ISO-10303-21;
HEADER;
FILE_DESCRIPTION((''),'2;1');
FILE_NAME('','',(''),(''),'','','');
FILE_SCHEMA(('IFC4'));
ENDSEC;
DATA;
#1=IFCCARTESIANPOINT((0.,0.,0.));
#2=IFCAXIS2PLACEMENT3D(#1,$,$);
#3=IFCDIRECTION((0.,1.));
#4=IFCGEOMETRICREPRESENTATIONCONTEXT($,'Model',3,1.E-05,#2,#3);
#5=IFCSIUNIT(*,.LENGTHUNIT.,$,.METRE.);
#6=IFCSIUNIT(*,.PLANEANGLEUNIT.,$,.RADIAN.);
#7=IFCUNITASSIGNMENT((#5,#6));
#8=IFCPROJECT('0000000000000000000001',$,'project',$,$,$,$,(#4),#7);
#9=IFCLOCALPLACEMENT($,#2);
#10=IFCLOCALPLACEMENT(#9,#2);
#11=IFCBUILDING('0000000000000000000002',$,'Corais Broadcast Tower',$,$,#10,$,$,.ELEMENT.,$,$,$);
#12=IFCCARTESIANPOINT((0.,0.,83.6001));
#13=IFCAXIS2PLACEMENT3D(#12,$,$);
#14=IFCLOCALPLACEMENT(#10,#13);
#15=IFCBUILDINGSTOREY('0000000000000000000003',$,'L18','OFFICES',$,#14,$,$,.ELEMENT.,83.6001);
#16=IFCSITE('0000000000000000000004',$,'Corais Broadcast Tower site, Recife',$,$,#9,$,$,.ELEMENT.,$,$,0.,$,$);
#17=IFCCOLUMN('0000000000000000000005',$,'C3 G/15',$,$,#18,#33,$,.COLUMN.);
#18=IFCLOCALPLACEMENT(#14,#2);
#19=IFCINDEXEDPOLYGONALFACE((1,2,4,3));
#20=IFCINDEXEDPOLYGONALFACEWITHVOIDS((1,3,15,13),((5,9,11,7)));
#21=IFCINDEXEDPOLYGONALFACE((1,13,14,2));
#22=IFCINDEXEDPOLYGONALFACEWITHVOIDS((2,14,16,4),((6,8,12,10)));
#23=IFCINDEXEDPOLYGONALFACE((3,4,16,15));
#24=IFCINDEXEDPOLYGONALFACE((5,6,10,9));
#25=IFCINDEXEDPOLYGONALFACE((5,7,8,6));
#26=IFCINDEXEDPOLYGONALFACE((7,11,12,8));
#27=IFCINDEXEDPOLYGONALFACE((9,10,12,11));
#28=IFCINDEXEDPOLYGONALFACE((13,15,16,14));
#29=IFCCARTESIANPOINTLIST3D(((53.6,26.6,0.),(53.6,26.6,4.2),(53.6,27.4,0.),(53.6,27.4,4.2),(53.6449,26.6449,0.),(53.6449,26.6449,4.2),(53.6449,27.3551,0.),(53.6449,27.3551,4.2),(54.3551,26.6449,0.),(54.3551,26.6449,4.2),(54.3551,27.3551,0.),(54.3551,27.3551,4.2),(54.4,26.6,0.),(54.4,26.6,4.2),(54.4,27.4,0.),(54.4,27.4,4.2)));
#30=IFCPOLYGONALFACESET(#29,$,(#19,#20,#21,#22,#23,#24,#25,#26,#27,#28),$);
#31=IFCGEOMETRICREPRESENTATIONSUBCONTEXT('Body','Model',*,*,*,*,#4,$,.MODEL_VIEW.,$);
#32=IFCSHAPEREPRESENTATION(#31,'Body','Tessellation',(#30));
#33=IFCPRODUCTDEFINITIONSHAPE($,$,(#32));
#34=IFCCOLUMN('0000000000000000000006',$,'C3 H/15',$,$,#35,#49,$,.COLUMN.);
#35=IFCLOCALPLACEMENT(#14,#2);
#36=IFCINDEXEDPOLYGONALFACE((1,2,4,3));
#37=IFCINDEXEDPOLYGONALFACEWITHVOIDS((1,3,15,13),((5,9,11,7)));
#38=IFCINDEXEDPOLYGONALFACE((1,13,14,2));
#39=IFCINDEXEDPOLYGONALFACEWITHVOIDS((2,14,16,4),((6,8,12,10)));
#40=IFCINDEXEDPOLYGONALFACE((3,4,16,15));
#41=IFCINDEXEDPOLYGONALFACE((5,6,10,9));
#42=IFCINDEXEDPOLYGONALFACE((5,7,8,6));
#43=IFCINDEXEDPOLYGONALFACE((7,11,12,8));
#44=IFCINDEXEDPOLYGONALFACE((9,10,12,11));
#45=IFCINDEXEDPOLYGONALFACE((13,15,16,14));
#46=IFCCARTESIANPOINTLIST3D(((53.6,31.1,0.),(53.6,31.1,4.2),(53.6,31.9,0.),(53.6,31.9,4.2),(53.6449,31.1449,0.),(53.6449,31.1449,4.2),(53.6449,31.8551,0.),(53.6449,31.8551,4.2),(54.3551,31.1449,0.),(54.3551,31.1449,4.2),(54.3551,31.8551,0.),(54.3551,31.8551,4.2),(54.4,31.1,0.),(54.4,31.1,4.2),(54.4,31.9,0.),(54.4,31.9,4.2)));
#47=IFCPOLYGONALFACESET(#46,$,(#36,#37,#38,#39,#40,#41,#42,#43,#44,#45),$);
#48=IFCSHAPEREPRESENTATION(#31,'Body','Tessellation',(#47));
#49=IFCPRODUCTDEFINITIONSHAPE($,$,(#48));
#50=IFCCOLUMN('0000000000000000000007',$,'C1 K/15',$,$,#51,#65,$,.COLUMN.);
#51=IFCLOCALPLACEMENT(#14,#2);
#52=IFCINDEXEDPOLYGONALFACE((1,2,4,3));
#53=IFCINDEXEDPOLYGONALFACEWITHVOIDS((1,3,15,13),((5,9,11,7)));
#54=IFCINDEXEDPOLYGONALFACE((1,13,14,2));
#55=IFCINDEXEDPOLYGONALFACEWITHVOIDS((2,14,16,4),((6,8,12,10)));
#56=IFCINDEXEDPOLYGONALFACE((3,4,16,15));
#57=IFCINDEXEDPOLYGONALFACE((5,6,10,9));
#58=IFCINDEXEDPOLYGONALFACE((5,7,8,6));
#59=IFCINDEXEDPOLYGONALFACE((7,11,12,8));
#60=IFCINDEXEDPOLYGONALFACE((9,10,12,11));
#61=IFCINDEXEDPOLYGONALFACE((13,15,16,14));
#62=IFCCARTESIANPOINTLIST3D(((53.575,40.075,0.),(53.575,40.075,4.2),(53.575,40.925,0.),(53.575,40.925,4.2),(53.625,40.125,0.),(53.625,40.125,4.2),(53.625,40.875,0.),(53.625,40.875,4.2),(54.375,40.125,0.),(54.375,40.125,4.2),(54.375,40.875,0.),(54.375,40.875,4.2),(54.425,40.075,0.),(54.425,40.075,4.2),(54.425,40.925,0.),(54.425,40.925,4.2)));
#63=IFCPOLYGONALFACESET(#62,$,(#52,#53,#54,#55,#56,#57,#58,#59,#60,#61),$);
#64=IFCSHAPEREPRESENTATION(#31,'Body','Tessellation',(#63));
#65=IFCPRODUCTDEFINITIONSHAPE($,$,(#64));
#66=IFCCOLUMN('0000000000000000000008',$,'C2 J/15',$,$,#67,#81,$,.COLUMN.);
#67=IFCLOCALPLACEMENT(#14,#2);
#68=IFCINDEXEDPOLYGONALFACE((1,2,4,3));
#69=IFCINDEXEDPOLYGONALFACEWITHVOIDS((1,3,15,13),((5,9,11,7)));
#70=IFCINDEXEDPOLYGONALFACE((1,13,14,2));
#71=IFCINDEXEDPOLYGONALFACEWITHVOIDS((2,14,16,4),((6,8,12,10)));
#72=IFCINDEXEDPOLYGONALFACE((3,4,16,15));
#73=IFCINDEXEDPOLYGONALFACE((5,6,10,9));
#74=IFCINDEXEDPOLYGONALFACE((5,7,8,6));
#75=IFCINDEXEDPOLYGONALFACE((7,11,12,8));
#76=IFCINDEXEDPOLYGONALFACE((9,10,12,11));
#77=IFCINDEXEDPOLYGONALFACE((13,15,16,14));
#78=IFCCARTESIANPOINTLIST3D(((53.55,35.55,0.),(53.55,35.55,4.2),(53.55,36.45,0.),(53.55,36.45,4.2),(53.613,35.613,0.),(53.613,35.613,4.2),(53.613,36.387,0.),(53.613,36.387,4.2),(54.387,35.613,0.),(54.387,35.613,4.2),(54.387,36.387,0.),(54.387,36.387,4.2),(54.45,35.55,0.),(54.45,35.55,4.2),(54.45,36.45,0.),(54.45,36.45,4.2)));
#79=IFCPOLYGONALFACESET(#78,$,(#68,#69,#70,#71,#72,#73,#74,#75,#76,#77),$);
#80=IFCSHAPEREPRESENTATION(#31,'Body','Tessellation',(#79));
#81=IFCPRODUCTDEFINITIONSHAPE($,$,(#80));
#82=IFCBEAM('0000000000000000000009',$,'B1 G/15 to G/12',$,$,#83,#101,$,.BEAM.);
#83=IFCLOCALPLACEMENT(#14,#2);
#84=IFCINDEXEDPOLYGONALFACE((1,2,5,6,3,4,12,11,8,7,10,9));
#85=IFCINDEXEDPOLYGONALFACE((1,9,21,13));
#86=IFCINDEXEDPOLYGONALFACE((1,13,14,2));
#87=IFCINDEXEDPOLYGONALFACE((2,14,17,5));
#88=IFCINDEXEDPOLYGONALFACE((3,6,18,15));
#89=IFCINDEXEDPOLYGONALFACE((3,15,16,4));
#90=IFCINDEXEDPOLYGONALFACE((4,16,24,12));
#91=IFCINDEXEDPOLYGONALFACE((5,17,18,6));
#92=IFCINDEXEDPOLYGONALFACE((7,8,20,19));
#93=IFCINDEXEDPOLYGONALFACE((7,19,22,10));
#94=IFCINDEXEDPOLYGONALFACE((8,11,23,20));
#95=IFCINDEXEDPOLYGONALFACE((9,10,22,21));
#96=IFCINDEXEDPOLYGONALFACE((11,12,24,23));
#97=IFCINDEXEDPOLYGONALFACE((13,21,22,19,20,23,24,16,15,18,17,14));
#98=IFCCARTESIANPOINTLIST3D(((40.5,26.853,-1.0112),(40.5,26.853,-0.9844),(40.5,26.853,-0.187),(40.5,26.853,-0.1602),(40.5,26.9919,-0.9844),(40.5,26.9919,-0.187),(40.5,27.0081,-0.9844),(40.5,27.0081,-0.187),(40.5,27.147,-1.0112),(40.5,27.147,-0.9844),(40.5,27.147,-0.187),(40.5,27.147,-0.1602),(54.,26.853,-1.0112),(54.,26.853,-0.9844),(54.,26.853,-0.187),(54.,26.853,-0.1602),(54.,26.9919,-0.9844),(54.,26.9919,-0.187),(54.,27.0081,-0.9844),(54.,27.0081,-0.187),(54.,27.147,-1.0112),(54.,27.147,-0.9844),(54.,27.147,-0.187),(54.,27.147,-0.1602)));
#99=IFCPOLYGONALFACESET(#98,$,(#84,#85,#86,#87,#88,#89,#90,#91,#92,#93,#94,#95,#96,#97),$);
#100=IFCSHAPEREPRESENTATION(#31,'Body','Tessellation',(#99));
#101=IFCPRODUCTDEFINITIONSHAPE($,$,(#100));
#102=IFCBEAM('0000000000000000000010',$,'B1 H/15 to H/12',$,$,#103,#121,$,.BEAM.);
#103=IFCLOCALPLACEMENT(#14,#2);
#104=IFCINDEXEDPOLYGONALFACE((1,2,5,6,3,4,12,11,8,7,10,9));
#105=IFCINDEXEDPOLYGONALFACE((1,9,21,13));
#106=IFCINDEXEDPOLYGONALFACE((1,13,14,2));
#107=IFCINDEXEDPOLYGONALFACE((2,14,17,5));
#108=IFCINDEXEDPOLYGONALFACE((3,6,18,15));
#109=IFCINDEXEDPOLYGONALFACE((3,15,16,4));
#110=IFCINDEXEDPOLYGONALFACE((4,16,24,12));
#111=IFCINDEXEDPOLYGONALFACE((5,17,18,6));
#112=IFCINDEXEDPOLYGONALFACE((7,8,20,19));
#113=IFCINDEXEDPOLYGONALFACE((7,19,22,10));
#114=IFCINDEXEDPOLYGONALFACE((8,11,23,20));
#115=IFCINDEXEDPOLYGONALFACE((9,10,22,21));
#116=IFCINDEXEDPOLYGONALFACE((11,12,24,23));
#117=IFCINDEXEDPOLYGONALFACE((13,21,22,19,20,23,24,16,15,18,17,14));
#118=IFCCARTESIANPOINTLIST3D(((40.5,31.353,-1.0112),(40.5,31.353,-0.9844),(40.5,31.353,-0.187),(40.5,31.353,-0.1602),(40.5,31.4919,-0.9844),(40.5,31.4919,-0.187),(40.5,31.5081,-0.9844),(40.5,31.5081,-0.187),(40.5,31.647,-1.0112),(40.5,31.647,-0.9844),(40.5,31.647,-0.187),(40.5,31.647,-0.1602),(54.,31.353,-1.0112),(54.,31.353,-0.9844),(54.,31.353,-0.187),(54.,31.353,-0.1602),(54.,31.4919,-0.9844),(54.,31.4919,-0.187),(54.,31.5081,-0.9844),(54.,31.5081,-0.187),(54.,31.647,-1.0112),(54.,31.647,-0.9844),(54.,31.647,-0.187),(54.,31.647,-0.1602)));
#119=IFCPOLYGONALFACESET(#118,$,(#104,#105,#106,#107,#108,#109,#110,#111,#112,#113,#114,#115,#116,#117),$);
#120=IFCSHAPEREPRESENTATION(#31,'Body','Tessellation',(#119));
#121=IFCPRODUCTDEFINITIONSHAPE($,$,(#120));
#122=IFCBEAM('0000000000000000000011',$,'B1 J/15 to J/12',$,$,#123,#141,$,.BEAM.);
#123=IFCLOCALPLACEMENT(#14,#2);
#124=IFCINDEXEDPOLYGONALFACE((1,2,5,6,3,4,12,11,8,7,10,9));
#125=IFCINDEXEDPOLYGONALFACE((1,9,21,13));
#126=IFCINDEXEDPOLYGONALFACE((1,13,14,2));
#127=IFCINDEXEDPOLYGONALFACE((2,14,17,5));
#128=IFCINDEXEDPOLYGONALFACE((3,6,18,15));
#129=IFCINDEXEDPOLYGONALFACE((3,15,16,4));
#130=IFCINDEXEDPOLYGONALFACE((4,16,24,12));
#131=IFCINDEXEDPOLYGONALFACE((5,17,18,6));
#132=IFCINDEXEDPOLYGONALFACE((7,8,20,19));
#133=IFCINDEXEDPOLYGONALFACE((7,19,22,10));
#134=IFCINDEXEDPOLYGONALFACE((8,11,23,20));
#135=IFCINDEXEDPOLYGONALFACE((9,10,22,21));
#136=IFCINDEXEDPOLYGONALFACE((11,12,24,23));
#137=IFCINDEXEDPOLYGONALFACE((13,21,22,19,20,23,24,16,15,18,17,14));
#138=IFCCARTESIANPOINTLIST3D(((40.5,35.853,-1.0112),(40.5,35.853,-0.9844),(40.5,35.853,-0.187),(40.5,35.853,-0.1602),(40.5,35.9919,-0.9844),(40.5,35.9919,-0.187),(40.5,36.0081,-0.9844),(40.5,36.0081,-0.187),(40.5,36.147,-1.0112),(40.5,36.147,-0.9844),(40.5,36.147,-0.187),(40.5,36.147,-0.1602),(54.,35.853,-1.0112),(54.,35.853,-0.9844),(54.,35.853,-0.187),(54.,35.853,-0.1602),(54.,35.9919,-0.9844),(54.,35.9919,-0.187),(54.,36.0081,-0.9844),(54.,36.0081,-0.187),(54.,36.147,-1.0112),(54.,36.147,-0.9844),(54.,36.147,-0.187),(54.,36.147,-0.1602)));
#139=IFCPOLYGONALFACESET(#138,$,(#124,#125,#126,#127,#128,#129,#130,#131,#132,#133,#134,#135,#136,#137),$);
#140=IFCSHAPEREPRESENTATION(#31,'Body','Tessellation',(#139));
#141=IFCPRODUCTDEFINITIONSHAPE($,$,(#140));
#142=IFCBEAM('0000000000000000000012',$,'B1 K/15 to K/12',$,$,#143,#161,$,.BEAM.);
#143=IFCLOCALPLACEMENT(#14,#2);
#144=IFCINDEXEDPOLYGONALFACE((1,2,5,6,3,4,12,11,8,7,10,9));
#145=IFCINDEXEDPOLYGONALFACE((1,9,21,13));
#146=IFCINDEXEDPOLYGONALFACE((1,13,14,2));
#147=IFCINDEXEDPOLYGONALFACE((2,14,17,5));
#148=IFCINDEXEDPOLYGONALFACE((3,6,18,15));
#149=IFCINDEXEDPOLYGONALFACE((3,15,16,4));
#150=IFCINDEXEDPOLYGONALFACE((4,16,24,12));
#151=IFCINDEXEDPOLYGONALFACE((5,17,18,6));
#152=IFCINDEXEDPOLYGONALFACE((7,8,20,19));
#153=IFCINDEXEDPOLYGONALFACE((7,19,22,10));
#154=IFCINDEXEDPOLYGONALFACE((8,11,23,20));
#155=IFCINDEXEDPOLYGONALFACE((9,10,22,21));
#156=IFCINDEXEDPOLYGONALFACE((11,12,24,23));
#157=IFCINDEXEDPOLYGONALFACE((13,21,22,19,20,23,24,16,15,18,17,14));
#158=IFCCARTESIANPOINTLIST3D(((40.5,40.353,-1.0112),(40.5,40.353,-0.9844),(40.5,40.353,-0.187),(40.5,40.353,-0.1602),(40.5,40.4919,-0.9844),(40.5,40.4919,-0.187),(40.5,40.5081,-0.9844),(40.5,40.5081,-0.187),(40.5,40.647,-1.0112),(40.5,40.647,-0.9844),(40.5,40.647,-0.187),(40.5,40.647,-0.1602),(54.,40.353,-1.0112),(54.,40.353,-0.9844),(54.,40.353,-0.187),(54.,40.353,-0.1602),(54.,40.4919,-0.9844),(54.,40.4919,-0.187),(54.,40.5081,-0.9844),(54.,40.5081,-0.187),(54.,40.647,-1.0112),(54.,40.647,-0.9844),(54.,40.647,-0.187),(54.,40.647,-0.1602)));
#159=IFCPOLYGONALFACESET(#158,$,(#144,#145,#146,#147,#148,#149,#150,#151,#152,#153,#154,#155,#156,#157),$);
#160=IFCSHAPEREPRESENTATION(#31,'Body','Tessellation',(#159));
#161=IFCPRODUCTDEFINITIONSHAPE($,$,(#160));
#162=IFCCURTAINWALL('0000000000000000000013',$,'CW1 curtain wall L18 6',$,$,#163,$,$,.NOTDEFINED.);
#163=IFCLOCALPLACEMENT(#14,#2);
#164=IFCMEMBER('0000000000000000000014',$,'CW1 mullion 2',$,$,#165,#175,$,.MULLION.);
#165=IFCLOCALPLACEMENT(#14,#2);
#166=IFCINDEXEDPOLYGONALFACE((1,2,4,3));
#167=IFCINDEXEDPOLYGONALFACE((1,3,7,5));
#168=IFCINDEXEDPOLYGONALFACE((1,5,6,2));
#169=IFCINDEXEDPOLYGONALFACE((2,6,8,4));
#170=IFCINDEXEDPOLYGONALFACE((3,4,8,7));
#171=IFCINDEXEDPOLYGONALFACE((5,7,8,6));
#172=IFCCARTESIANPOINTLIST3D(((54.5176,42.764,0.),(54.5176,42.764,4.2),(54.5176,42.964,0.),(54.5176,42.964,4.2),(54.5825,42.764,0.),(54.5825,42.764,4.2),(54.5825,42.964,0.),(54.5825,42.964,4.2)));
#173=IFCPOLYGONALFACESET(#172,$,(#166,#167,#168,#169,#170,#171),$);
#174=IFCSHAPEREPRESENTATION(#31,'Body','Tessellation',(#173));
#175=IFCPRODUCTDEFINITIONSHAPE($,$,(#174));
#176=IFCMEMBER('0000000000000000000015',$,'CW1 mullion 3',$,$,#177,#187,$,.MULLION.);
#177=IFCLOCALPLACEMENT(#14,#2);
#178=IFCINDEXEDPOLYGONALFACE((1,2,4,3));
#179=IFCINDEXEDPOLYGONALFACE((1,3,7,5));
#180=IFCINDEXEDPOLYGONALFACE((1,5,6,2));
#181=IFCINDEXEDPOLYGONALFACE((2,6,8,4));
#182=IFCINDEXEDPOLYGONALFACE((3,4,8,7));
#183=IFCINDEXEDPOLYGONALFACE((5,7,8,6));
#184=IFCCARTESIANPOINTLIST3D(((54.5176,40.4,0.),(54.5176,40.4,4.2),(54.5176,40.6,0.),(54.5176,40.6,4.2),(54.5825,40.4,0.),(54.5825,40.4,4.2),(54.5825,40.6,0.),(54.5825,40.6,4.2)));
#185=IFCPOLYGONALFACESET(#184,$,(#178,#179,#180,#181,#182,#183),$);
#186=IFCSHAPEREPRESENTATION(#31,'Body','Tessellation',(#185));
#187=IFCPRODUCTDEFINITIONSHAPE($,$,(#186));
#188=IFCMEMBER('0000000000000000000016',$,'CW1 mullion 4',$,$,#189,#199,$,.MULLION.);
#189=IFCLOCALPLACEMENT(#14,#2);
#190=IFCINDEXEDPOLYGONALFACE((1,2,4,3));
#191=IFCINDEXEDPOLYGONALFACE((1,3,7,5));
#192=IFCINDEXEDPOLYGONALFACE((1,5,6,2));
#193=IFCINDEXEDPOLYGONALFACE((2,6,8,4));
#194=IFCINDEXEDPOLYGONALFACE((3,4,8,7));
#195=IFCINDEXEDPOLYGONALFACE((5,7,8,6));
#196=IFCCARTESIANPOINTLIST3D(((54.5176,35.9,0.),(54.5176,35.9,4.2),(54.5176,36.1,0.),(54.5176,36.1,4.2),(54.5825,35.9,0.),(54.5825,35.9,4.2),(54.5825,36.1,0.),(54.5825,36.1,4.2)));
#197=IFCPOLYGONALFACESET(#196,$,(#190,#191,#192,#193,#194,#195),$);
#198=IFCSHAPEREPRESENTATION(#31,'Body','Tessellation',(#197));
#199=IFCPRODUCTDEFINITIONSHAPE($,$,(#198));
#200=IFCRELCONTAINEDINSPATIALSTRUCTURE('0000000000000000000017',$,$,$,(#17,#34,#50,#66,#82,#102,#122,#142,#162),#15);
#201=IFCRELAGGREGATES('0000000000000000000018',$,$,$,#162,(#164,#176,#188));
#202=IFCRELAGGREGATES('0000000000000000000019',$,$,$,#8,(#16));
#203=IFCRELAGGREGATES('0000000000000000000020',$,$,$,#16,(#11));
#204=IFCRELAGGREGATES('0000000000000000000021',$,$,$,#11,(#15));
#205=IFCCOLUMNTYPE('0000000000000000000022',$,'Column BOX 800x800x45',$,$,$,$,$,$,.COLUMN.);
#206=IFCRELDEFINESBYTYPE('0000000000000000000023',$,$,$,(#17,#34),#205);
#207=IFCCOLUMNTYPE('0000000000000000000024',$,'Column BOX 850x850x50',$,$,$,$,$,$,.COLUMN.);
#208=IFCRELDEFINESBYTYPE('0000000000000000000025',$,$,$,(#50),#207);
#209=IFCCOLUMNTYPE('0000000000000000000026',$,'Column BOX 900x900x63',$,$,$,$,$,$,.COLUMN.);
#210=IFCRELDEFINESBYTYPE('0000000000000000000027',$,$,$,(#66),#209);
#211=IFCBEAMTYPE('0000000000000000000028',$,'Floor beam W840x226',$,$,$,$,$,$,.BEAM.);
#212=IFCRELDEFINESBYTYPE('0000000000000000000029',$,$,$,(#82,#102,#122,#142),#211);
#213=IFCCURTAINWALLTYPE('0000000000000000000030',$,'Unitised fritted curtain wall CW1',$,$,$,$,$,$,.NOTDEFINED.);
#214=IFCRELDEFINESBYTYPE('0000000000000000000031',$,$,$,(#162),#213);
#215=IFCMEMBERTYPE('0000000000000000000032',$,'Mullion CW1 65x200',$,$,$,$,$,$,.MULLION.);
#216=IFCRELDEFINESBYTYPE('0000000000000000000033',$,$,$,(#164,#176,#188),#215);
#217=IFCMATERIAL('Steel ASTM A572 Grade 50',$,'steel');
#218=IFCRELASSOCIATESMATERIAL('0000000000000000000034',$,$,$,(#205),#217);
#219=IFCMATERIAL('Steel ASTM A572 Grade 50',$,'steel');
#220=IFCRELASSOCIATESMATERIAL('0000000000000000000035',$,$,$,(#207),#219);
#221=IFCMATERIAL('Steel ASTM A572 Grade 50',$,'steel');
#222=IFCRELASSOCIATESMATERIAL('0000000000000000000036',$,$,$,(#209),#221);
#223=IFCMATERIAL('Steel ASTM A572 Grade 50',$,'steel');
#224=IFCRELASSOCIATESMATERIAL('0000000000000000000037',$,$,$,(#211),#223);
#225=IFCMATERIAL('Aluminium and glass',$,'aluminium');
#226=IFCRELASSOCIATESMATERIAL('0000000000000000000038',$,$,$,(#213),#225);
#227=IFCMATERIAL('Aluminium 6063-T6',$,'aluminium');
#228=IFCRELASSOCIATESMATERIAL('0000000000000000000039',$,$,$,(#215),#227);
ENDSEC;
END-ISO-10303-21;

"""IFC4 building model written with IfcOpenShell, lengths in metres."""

from ifc_helpers import new_model, si_unit, direction, frame, origin, origin_2d, place, context, subcontext, project, spatial, rectangle, hollow_rectangle, i_section, extrude, material, material_profile, profile_set, type_object, element, aggregate, save


model = new_model("IFC4")

# Units and contexts
model_context = context("Model", 3, precision=1e-05, world=origin(), true_north=direction((0.0, 1.0)))
body_context = subcontext(model_context, "Body", "Model", "MODEL_VIEW")
ifc_project = project(units=[si_unit("LENGTHUNIT", "METRE"), si_unit("PLANEANGLEUNIT", "RADIAN")], contexts=[model_context])

# Site, building, storey
site_placement = place(None, origin())
site = spatial("IfcSite", under=ifc_project, at=site_placement, Name="Corais Broadcast Tower site, Recife", CompositionType="ELEMENT", RefElevation=0.0)
building_placement = place(site_placement, origin())
building = spatial("IfcBuilding", under=site, at=building_placement, Name="Corais Broadcast Tower", CompositionType="ELEMENT")
storey_placement = place(building_placement, frame((0.0, 0.0, 83.6001)))
storey = spatial("IfcBuildingStorey", under=building, at=storey_placement, Name="L18", Description="OFFICES", CompositionType="ELEMENT", Elevation=83.6001)

# Columns
ifc_material_1 = material(Name="Steel ASTM A572 Grade 50", Category="steel")
ifc_material_profile_1 = material_profile(ifc_material_1, hollow_rectangle(XDim=0.8, YDim=0.8, WallThickness=0.0449, at=origin_2d()), Name="BOX 800x800x45")
ifc_profile_set_1 = profile_set([ifc_material_profile_1], Name="Steel ASTM A572 Grade 50")
column_type_1 = type_object("IfcColumnType", Name="Column BOX 800x800x45", PredefinedType="COLUMN", material=ifc_profile_set_1)
for number, where, z_axis, x_axis, name in (
    (1, (54.0, 27.0, 0.0), (0.0, 0.0, 1.0), (1.0, 0.0, 0.0), "C3 G/15"),
    (2, (54.0, 31.5, 0.0), (0.0, 0.0, 1.0), (1.0, 0.0, 0.0), "C3 H/15"),
):
    element("IfcColumn", number, at=place(storey_placement, frame(where, z_axis=z_axis, x_axis=x_axis)), inside=storey, type_object=column_type_1, Name=name, PredefinedType="COLUMN", context=body_context, shape_type="SweptSolid", body=[
        extrude(hollow_rectangle(XDim=0.8, YDim=0.8, WallThickness=0.0449, at=origin_2d()), origin(), (0.0, 0.0, 1.0), 4.2),
    ])
ifc_material_2 = material(Name="Steel ASTM A572 Grade 50", Category="steel")
ifc_material_profile_2 = material_profile(ifc_material_2, hollow_rectangle(XDim=0.8501, YDim=0.8501, WallThickness=0.05, at=origin_2d()), Name="BOX 850x850x50")
ifc_profile_set_2 = profile_set([ifc_material_profile_2], Name="Steel ASTM A572 Grade 50")
column_type_2 = type_object("IfcColumnType", Name="Column BOX 850x850x50", PredefinedType="COLUMN", material=ifc_profile_set_2)
column_1_placement = place(storey_placement, frame((54.0, 40.5, 0.0), z_axis=(0.0, 0.0, 1.0), x_axis=(1.0, 0.0, 0.0)))
element("IfcColumn", 3, at=column_1_placement, inside=storey, type_object=column_type_2, Name="C1 K/15", PredefinedType="COLUMN", context=body_context, shape_type="SweptSolid", body=[
    extrude(hollow_rectangle(XDim=0.8501, YDim=0.8501, WallThickness=0.05, at=origin_2d()), origin(), (0.0, 0.0, 1.0), 4.2),
])
ifc_material_3 = material(Name="Steel ASTM A572 Grade 50", Category="steel")
ifc_material_profile_3 = material_profile(ifc_material_3, hollow_rectangle(XDim=0.8999, YDim=0.8999, WallThickness=0.063, at=origin_2d()), Name="BOX 900x900x63")
ifc_profile_set_3 = profile_set([ifc_material_profile_3], Name="Steel ASTM A572 Grade 50")
column_type_3 = type_object("IfcColumnType", Name="Column BOX 900x900x63", PredefinedType="COLUMN", material=ifc_profile_set_3)
column_2_placement = place(storey_placement, frame((54.0, 36.0, 0.0), z_axis=(0.0, 0.0, 1.0), x_axis=(1.0, 0.0, 0.0)))
element("IfcColumn", 4, at=column_2_placement, inside=storey, type_object=column_type_3, Name="C2 J/15", PredefinedType="COLUMN", context=body_context, shape_type="SweptSolid", body=[
    extrude(hollow_rectangle(XDim=0.8999, YDim=0.8999, WallThickness=0.063, at=origin_2d()), origin(), (0.0, 0.0, 1.0), 4.2),
])

# Beams
ifc_material_4 = material(Name="Steel ASTM A572 Grade 50", Category="steel")
ifc_material_profile_4 = material_profile(ifc_material_4, i_section(OverallWidth=0.2939, OverallDepth=0.8511, WebThickness=0.0161, FlangeThickness=0.0269, at=origin_2d()), Name="W840x226")
ifc_profile_set_4 = profile_set([ifc_material_profile_4], Name="Steel ASTM A572 Grade 50")
beam_type_1 = type_object("IfcBeamType", Name="Floor beam W840x226", PredefinedType="BEAM", material=ifc_profile_set_4)
for number, where, z_axis, x_axis, name in (
    (5, (54.0, 27.0, -0.5857), (-1.0, 0.0, 0.0), (0.0, -1.0, 0.0), "B1 G/15 to G/12"),
    (6, (54.0, 31.5, -0.5857), (-1.0, 0.0, 0.0), (0.0, -1.0, 0.0), "B1 H/15 to H/12"),
    (7, (54.0, 36.0, -0.5857), (-1.0, 0.0, 0.0), (0.0, -1.0, 0.0), "B1 J/15 to J/12"),
    (8, (54.0, 40.5, -0.5857), (-1.0, 0.0, 0.0), (0.0, -1.0, 0.0), "B1 K/15 to K/12"),
):
    element("IfcBeam", number, at=place(storey_placement, frame(where, z_axis=z_axis, x_axis=x_axis)), inside=storey, type_object=beam_type_1, Name=name, PredefinedType="BEAM", context=body_context, shape_type="SweptSolid", body=[
        extrude(i_section(OverallWidth=0.2939, OverallDepth=0.8511, WebThickness=0.0161, FlangeThickness=0.0269, at=origin_2d()), origin(), (0.0, 0.0, 1.0), 13.5),
    ])

# Curtain wall, members
ifc_material_5 = material(Name="Aluminium and glass", Category="aluminium")
curtain_wall_type = type_object("IfcCurtainWallType", Name="Unitised fritted curtain wall CW1", PredefinedType="NOTDEFINED", material=ifc_material_5)
curtain_wall_placement = place(storey_placement, origin())
curtain_wall = element("IfcCurtainWall", 9, at=curtain_wall_placement, inside=storey, type_object=curtain_wall_type, Name="CW1 curtain wall L18 6", PredefinedType="NOTDEFINED")
ifc_material_6 = material(Name="Aluminium 6063-T6", Category="aluminium")
ifc_material_profile_5 = material_profile(ifc_material_6, rectangle(XDim=0.0649, YDim=0.2, at=origin_2d()), Name="Mullion CW1 65x200")
ifc_profile_set_5 = profile_set([ifc_material_profile_5], Name="Aluminium 6063-T6")
member_type_1 = type_object("IfcMemberType", Name="Mullion CW1 65x200", PredefinedType="MULLION", material=ifc_profile_set_5)
member_1_placement = place(storey_placement, frame((54.55, 42.864, 0.0), z_axis=(0.0, 0.0, 1.0), x_axis=(1.0, 0.0, 0.0)))
member_1 = element("IfcMember", 10, at=member_1_placement, type_object=member_type_1, Name="CW1 mullion 2", PredefinedType="MULLION", context=body_context, shape_type="SweptSolid", body=[
    extrude(rectangle(XDim=0.0649, YDim=0.2, at=origin_2d()), origin(), (0.0, 0.0, 1.0), 4.2),
])
member_2_placement = place(storey_placement, frame((54.55, 40.5, 0.0), z_axis=(0.0, 0.0, 1.0), x_axis=(1.0, 0.0, 0.0)))
member_2 = element("IfcMember", 11, at=member_2_placement, type_object=member_type_1, Name="CW1 mullion 3", PredefinedType="MULLION", context=body_context, shape_type="SweptSolid", body=[
    extrude(rectangle(XDim=0.0649, YDim=0.2, at=origin_2d()), origin(), (0.0, 0.0, 1.0), 4.2),
])
member_3_placement = place(storey_placement, frame((54.55, 36.0, 0.0), z_axis=(0.0, 0.0, 1.0), x_axis=(1.0, 0.0, 0.0)))
member_3 = element("IfcMember", 12, at=member_3_placement, type_object=member_type_1, Name="CW1 mullion 4", PredefinedType="MULLION", context=body_context, shape_type="SweptSolid", body=[
    extrude(rectangle(XDim=0.0649, YDim=0.2, at=origin_2d()), origin(), (0.0, 0.0, 1.0), 4.2),
])

aggregate(curtain_wall, [member_1, member_2, member_3])

save(model, "model.ifc")
